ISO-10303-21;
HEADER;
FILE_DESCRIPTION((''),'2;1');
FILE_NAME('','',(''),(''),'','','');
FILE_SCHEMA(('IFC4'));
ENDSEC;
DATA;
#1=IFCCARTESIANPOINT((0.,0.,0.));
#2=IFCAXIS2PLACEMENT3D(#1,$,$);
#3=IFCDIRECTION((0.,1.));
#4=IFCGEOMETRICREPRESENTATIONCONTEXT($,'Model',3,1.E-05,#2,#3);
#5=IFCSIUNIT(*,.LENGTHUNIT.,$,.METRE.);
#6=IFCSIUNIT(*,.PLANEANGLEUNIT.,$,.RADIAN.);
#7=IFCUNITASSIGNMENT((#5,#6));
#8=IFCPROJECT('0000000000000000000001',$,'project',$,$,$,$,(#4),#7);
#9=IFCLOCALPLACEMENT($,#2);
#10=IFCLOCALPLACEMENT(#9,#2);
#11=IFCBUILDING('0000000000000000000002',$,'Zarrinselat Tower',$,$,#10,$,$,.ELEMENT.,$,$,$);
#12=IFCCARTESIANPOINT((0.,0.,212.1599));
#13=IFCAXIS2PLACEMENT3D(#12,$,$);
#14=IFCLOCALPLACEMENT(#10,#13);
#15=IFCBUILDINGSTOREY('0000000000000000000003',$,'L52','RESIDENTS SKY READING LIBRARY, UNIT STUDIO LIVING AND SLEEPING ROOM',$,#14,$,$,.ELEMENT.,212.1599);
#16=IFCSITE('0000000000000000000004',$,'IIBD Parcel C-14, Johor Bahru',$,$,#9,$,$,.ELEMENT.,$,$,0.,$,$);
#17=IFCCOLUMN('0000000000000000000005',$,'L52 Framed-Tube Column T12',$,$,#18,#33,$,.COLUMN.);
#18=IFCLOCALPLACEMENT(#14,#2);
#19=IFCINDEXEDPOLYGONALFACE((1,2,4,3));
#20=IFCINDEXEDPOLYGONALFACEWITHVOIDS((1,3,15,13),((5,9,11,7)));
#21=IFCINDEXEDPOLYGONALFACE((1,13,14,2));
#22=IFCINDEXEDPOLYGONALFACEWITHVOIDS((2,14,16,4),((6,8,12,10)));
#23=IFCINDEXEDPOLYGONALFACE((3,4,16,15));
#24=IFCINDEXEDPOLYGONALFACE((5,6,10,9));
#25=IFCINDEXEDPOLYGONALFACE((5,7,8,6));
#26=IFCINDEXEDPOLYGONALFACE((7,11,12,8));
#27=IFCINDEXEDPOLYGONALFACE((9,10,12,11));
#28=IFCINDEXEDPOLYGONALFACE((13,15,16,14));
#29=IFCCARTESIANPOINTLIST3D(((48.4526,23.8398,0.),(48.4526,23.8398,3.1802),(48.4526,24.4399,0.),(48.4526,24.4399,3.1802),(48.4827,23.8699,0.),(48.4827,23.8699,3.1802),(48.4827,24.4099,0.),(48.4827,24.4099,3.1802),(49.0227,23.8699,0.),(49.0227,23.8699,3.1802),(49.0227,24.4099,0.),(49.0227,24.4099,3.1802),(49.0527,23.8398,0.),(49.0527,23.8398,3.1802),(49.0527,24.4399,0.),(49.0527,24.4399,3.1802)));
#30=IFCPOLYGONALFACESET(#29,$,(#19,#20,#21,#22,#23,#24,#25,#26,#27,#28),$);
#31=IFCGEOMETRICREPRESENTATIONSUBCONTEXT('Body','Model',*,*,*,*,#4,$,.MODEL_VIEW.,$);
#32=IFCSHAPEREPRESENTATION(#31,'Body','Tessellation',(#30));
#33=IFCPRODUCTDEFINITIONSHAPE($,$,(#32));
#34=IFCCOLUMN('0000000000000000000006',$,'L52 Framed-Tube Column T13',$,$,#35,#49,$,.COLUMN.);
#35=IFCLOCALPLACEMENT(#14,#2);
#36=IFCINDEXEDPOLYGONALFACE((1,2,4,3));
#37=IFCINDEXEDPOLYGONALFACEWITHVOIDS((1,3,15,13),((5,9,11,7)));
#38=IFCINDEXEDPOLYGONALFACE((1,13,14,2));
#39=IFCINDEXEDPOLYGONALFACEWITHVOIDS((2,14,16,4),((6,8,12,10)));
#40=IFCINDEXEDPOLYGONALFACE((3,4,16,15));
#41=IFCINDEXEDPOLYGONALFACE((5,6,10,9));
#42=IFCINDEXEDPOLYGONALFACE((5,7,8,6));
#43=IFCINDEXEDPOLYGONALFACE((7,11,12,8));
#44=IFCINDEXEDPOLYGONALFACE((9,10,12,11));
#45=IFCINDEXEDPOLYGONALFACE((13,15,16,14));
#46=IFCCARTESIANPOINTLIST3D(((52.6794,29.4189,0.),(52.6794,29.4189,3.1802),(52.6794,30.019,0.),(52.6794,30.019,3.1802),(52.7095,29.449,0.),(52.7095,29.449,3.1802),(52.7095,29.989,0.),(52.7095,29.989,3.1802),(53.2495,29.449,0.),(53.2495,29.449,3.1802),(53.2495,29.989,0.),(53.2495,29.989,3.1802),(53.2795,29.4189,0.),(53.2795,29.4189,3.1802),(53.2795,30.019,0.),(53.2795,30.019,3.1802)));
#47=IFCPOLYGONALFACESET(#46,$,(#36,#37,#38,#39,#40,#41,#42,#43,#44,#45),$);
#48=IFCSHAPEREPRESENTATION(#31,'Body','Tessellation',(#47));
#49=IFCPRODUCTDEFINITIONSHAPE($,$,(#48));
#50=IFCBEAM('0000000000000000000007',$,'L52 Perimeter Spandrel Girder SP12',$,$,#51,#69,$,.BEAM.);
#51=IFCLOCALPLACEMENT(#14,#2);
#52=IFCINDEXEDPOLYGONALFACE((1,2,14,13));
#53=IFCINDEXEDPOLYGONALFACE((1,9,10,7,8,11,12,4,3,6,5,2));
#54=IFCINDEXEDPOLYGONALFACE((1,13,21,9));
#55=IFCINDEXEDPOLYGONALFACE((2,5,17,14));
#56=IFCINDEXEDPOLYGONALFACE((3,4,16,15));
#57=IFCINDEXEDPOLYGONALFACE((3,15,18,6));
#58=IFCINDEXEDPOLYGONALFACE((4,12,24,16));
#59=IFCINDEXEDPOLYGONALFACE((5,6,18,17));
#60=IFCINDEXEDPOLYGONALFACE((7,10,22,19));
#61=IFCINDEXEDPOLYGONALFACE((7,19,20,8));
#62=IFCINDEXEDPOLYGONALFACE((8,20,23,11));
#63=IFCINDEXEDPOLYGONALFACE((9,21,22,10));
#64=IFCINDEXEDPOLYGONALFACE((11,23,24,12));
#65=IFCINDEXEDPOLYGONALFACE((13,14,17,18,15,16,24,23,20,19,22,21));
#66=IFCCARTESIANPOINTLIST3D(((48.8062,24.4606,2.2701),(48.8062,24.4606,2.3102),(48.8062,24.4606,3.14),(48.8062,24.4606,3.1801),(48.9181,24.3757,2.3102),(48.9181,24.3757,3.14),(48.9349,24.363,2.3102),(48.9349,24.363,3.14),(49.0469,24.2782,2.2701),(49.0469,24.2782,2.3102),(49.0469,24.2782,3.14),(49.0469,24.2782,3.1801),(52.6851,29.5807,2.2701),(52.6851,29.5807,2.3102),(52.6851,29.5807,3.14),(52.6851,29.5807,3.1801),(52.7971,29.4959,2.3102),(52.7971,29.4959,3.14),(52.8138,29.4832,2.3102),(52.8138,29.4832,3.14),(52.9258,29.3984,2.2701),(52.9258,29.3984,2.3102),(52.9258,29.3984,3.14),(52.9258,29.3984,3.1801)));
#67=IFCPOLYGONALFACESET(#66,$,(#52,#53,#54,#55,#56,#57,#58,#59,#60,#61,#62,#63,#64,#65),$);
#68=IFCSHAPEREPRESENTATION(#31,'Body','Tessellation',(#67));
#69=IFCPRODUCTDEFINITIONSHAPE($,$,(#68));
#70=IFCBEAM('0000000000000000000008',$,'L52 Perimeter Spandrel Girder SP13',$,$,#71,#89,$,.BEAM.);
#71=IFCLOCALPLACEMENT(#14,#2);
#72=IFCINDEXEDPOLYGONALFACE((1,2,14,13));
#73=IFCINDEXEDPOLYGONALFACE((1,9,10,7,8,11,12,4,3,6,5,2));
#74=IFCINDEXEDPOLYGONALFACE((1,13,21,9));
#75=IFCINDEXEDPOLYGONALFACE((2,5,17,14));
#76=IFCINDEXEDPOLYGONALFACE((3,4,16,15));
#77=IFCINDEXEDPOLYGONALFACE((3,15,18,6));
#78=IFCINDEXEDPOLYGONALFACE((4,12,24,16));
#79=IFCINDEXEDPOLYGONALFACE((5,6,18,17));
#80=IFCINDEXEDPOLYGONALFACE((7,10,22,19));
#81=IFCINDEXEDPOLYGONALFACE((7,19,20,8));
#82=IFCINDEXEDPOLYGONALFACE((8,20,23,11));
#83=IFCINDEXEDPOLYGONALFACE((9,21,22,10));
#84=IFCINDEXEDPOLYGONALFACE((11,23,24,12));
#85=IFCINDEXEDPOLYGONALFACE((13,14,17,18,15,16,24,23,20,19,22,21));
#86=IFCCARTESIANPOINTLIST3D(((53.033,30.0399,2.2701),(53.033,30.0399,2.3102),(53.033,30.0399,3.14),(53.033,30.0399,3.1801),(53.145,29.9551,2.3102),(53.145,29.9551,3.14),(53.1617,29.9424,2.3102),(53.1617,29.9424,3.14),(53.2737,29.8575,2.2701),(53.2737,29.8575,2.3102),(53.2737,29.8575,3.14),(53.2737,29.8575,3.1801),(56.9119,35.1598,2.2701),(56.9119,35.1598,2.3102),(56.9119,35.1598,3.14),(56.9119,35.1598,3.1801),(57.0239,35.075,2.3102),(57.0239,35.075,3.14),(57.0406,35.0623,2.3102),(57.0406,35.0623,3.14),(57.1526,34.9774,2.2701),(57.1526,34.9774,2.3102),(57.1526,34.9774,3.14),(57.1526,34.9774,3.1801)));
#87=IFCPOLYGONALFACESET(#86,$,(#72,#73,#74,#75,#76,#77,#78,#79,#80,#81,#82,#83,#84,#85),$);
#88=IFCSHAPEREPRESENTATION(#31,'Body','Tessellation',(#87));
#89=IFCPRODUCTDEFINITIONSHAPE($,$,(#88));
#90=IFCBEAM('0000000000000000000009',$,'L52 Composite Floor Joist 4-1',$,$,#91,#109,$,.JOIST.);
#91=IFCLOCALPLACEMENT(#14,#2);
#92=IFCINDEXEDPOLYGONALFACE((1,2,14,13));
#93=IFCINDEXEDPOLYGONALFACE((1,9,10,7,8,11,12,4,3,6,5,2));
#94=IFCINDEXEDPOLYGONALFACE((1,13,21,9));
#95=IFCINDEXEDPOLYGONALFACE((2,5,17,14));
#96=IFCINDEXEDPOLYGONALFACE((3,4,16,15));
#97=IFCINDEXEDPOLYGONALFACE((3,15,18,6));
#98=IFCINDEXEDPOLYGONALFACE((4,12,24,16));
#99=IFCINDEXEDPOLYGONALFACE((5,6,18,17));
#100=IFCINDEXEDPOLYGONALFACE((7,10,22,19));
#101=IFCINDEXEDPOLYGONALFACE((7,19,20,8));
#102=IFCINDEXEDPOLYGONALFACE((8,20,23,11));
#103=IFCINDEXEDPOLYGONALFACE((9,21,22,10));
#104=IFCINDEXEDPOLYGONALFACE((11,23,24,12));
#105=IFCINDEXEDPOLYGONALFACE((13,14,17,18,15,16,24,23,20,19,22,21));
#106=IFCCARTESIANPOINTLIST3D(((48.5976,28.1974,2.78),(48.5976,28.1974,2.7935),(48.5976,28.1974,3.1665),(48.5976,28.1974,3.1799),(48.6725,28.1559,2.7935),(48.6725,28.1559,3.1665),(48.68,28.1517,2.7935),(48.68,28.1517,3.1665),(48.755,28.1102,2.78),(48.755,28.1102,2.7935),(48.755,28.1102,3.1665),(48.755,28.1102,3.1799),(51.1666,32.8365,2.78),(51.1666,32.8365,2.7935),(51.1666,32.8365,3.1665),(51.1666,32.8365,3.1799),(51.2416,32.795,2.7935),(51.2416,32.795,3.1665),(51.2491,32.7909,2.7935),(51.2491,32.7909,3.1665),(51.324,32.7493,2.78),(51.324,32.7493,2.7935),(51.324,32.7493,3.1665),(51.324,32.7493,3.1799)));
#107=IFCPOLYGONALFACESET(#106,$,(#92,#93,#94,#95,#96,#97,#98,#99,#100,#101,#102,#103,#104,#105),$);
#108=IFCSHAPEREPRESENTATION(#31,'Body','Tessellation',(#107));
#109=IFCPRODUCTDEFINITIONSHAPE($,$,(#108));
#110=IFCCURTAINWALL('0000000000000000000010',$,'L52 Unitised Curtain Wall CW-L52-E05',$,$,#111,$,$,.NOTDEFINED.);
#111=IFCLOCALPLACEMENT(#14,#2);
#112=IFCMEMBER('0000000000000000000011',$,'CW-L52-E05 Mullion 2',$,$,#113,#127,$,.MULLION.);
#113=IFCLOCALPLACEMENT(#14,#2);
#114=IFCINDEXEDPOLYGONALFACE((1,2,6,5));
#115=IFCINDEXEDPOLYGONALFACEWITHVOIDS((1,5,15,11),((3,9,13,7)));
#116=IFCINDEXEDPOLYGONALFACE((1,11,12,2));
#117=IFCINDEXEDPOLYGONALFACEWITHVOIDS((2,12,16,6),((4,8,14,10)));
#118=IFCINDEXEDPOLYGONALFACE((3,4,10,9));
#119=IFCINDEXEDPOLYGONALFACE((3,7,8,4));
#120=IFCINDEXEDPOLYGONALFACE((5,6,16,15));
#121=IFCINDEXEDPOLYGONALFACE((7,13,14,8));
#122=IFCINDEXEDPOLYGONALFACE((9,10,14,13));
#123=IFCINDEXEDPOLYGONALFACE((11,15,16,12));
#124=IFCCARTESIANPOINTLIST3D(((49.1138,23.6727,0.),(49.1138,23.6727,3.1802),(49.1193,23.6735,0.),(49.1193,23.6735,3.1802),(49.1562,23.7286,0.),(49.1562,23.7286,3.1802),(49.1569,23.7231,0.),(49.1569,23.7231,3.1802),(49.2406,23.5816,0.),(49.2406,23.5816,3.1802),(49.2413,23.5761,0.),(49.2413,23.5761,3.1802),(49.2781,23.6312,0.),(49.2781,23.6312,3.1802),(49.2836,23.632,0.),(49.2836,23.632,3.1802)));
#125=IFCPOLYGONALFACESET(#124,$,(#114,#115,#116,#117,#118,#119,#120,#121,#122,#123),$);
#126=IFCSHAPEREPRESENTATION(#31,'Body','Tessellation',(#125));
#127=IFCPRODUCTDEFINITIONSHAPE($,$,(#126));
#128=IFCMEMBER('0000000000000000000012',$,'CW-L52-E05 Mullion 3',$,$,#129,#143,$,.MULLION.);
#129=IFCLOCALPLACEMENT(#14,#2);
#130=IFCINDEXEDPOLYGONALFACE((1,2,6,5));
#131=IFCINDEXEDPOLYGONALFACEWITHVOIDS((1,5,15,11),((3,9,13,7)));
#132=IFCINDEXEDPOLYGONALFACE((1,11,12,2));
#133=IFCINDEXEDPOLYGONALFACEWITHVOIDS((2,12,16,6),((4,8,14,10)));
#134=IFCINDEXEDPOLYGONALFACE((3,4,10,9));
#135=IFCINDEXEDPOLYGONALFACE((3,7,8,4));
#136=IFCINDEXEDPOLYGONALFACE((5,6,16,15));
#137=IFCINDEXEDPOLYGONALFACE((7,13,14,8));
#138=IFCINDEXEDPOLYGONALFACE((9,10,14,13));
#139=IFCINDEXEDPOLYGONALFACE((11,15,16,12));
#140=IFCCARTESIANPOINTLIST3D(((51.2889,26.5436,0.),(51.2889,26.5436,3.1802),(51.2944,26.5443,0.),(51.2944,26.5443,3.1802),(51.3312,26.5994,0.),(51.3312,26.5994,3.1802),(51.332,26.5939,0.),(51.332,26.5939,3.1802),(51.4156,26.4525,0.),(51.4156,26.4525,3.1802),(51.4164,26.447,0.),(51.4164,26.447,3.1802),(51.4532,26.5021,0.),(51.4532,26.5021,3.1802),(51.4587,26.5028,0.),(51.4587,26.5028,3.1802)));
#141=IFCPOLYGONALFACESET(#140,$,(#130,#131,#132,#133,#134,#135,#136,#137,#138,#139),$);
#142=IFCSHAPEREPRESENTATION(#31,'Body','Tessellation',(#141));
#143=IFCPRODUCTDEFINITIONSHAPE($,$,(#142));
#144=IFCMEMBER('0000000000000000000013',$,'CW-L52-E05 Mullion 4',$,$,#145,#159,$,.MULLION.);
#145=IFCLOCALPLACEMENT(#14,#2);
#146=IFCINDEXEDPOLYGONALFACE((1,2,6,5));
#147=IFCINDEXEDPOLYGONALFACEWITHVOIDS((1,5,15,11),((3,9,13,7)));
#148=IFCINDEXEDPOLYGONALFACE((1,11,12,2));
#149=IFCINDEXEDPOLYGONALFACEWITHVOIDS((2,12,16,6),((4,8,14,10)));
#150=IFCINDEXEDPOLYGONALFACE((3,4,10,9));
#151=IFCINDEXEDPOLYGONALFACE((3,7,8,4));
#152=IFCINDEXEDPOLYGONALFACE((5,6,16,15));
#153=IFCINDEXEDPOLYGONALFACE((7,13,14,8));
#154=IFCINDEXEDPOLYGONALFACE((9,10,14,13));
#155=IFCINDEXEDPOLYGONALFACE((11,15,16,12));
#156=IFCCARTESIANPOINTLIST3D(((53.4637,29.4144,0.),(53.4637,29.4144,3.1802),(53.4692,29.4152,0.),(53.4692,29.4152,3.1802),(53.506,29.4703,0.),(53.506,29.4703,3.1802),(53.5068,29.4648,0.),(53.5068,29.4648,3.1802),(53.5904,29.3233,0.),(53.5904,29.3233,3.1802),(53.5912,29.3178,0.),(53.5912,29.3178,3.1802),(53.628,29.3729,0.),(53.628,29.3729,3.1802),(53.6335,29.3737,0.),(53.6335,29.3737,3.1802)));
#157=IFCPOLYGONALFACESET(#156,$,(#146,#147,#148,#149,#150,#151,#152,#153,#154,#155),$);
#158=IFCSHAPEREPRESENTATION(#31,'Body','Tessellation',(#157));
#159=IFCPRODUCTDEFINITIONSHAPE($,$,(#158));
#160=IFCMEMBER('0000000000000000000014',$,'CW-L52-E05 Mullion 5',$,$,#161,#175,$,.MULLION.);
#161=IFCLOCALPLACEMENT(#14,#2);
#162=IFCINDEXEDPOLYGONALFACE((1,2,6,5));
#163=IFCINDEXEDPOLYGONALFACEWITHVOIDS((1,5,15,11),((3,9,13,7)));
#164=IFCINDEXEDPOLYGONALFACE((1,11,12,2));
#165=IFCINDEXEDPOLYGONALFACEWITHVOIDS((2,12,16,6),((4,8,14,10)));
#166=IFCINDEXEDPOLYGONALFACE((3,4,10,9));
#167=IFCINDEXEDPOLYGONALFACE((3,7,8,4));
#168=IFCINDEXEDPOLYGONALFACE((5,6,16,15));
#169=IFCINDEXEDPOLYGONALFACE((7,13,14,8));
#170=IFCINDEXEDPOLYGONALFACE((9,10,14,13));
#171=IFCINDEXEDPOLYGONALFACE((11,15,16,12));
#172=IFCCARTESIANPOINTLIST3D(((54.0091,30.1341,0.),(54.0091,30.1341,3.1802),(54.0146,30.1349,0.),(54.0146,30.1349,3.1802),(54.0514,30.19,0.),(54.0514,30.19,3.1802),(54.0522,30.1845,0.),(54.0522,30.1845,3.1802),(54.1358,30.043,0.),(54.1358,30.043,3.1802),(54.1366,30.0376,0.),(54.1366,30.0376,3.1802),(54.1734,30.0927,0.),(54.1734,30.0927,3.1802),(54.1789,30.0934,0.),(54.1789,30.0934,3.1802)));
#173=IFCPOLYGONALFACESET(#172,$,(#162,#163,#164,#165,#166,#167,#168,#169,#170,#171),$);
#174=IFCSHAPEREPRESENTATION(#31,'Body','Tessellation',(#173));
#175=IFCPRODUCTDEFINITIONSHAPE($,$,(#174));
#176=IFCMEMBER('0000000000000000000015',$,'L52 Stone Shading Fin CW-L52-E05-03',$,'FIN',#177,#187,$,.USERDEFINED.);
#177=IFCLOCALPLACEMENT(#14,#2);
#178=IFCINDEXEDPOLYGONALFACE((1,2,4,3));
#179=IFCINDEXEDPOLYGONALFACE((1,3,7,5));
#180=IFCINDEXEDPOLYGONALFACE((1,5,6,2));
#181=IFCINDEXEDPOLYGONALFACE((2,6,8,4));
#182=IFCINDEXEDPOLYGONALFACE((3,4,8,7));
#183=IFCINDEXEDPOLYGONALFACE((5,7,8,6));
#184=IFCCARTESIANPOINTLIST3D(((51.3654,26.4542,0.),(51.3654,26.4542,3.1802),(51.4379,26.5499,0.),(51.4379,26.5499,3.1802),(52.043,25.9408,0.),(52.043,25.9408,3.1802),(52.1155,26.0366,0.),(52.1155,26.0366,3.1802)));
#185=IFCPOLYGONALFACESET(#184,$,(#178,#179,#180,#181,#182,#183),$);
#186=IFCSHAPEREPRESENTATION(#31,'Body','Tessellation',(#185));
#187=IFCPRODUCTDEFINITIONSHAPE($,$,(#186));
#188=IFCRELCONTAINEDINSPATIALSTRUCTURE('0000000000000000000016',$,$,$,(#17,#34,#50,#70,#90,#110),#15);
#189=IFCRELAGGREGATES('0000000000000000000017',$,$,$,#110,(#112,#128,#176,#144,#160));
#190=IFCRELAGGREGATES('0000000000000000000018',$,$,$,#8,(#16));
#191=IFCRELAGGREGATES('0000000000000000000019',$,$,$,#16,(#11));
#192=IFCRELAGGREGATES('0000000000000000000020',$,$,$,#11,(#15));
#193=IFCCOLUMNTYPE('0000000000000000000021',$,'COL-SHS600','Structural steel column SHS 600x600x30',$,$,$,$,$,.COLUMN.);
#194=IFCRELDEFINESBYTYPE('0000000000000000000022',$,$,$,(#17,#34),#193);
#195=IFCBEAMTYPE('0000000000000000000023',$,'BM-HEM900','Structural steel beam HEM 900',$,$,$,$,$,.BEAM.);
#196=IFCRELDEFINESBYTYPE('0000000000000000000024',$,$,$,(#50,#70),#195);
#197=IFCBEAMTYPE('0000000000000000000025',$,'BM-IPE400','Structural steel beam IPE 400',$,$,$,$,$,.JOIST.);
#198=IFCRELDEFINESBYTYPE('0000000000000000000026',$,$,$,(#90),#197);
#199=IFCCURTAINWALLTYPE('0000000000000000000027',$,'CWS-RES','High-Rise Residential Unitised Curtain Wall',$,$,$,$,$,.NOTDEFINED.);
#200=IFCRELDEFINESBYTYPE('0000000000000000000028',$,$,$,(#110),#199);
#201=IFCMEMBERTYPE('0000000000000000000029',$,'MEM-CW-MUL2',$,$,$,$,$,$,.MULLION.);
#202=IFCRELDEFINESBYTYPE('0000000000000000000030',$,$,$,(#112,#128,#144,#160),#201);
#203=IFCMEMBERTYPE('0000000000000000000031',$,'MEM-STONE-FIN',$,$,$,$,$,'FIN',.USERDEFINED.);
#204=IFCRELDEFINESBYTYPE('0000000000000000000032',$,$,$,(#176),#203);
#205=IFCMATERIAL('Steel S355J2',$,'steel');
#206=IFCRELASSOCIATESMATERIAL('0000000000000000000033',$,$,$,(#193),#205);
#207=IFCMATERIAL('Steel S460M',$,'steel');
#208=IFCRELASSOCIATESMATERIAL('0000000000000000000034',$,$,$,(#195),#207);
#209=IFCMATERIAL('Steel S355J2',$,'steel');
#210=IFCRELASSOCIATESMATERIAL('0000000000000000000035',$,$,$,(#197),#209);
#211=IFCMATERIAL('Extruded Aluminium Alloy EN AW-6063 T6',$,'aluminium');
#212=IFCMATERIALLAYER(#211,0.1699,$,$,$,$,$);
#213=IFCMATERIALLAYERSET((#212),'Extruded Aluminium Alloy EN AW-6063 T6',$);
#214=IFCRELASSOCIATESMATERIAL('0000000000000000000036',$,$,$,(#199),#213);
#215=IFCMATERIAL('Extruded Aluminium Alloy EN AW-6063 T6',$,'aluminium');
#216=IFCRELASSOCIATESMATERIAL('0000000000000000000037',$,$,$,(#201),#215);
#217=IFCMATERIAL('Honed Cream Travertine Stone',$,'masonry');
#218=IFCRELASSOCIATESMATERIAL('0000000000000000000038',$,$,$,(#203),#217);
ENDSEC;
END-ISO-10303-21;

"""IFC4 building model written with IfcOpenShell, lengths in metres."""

from ifc_helpers import new_model, si_unit, direction, frame, origin, origin_2d, place, context, subcontext, project, spatial, rectangle, hollow_rectangle, i_section, extrude, material, layer, layer_set, material_profile, profile_set, type_object, element, aggregate, save


model = new_model("IFC4")

# Units and contexts
model_context = context("Model", 3, precision=1e-05, world=origin(), true_north=direction((0.0, 1.0)))
body_context = subcontext(model_context, "Body", "Model", "MODEL_VIEW")
ifc_project = project(units=[si_unit("LENGTHUNIT", "METRE"), si_unit("PLANEANGLEUNIT", "RADIAN")], contexts=[model_context])

# Site, building, storey
site_placement = place(None, origin())
site = spatial("IfcSite", under=ifc_project, at=site_placement, Name="IIBD Parcel C-14, Johor Bahru", CompositionType="ELEMENT", RefElevation=0.0)
building_placement = place(site_placement, origin())
building = spatial("IfcBuilding", under=site, at=building_placement, Name="Zarrinselat Tower", CompositionType="ELEMENT")
storey_placement = place(building_placement, frame((0.0, 0.0, 212.1599)))
storey = spatial("IfcBuildingStorey", under=building, at=storey_placement, Name="L52", Description="RESIDENTS SKY READING LIBRARY, UNIT STUDIO LIVING AND SLEEPING ROOM", CompositionType="ELEMENT", Elevation=212.1599)

# Columns
ifc_material_1 = material(Name="Steel S355J2", Category="steel")
ifc_material_profile_1 = material_profile(ifc_material_1, hollow_rectangle(XDim=0.6001, YDim=0.6001, WallThickness=0.03, at=origin_2d()), Name="SHS 600x600x30")
ifc_profile_set_1 = profile_set([ifc_material_profile_1], Name="Steel S355J2")
column_type = type_object("IfcColumnType", Name="COL-SHS600", Description="Structural steel column SHS 600x600x30", PredefinedType="COLUMN", material=ifc_profile_set_1)
for number, where, z_axis, x_axis, name in (
    (1, (48.7527, 24.1399, 0.0), (0.0, 0.0, 1.0), (1.0, 0.0, 0.0), "L52 Framed-Tube Column T12"),
    (2, (52.9795, 29.719, 0.0), (0.0, 0.0, 1.0), (1.0, 0.0, 0.0), "L52 Framed-Tube Column T13"),
):
    element("IfcColumn", number, at=place(storey_placement, frame(where, z_axis=z_axis, x_axis=x_axis)), inside=storey, type_object=column_type, Name=name, PredefinedType="COLUMN", context=body_context, shape_type="SweptSolid", body=[
        extrude(hollow_rectangle(XDim=0.6001, YDim=0.6001, WallThickness=0.03, at=origin_2d()), origin(), (0.0, 0.0, 1.0), 3.1802),
    ])

# Beams
ifc_material_2 = material(Name="Steel S460M", Category="steel")
ifc_material_profile_2 = material_profile(ifc_material_2, i_section(OverallWidth=0.302, OverallDepth=0.9099, WebThickness=0.021, FlangeThickness=0.04, at=origin_2d()), Name="HEM 900")
ifc_profile_set_2 = profile_set([ifc_material_profile_2], Name="Steel S460M")
beam_type_1 = type_object("IfcBeamType", Name="BM-HEM900", Description="Structural steel beam HEM 900", PredefinedType="BEAM", material=ifc_profile_set_2)
beam_1_placement = place(storey_placement, frame((48.9265, 24.3694, 2.7251), z_axis=(0.603861, 0.79709, 0.0), x_axis=(-0.79709, 0.603861, 0.0)))
element("IfcBeam", 3, at=beam_1_placement, inside=storey, type_object=beam_type_1, Name="L52 Perimeter Spandrel Girder SP12", PredefinedType="BEAM", context=body_context, shape_type="SweptSolid", body=[
    extrude(i_section(OverallWidth=0.302, OverallDepth=0.9099, WebThickness=0.021, FlangeThickness=0.04, at=origin_2d()), origin(), (0.0, 0.0, 1.0), 6.4236),
])
beam_2_placement = place(storey_placement, frame((53.1533, 29.9487, 2.7251), z_axis=(0.603879, 0.797076, 0.0), x_axis=(-0.797076, 0.603879, 0.0)))
element("IfcBeam", 4, at=beam_2_placement, inside=storey, type_object=beam_type_1, Name="L52 Perimeter Spandrel Girder SP13", PredefinedType="BEAM", context=body_context, shape_type="SweptSolid", body=[
    extrude(i_section(OverallWidth=0.302, OverallDepth=0.9099, WebThickness=0.021, FlangeThickness=0.04, at=origin_2d()), origin(), (0.0, 0.0, 1.0), 6.4233),
])
ifc_material_3 = material(Name="Steel S355J2", Category="steel")
ifc_material_profile_3 = material_profile(ifc_material_3, i_section(OverallWidth=0.1799, OverallDepth=0.3999, WebThickness=0.0085, FlangeThickness=0.0134, at=origin_2d()), Name="IPE 400")
ifc_profile_set_3 = profile_set([ifc_material_profile_3], Name="Steel S355J2")
beam_type_2 = type_object("IfcBeamType", Name="BM-IPE400", Description="Structural steel beam IPE 400", PredefinedType="JOIST", material=ifc_profile_set_3)
beam_3_placement = place(storey_placement, frame((48.6763, 28.1538, 2.98), z_axis=(0.484458, 0.874814, 0.0), x_axis=(-0.874814, 0.484458, 0.0)))
element("IfcBeam", 5, at=beam_3_placement, inside=storey, type_object=beam_type_2, Name="L52 Composite Floor Joist 4-1", PredefinedType="JOIST", context=body_context, shape_type="SweptSolid", body=[
    extrude(i_section(OverallWidth=0.1799, OverallDepth=0.3999, WebThickness=0.0085, FlangeThickness=0.0134, at=origin_2d()), origin(), (0.0, 0.0, 1.0), 5.303),
])

# Curtain wall, members
ifc_material_4 = material(Name="Extruded Aluminium Alloy EN AW-6063 T6", Category="aluminium")
ifc_layer_1 = layer(ifc_material_4, 0.1699)
ifc_layer_set_1 = layer_set([ifc_layer_1], Name="Extruded Aluminium Alloy EN AW-6063 T6")
curtain_wall_type = type_object("IfcCurtainWallType", Name="CWS-RES", Description="High-Rise Residential Unitised Curtain Wall", PredefinedType="NOTDEFINED", material=ifc_layer_set_1)
curtain_wall_placement = place(storey_placement, origin())
curtain_wall = element("IfcCurtainWall", 6, at=curtain_wall_placement, inside=storey, type_object=curtain_wall_type, Name="L52 Unitised Curtain Wall CW-L52-E05", PredefinedType="NOTDEFINED")
ifc_material_5 = material(Name="Extruded Aluminium Alloy EN AW-6063 T6", Category="aluminium")
ifc_material_profile_4 = material_profile(ifc_material_5, hollow_rectangle(XDim=0.0701, YDim=0.1599, WallThickness=0.0039, at=origin_2d()), Name="RHS 160x70x4")
ifc_profile_set_4 = profile_set([ifc_material_profile_4], Name="Extruded Aluminium Alloy EN AW-6063 T6")
member_type_1 = type_object("IfcMemberType", Name="MEM-CW-MUL2", PredefinedType="MULLION", material=ifc_profile_set_4)
member_1_placement = place(storey_placement, frame((49.1987, 23.6523, 0.0), z_axis=(0.0, 0.0, 1.0), x_axis=(0.603859, 0.797091, 0.0)))
member_1 = element("IfcMember", 7, at=member_1_placement, type_object=member_type_1, Name="CW-L52-E05 Mullion 2", PredefinedType="MULLION", context=body_context, shape_type="SweptSolid", body=[
    extrude(hollow_rectangle(XDim=0.0701, YDim=0.1599, WallThickness=0.0039, at=origin_2d()), origin(), (0.0, 0.0, 1.0), 3.1802),
])
member_2_placement = place(storey_placement, frame((51.3738, 26.5232, 0.0), z_axis=(0.0, 0.0, 1.0), x_axis=(0.603859, 0.797091, 0.0)))
member_2 = element("IfcMember", 8, at=member_2_placement, type_object=member_type_1, Name="CW-L52-E05 Mullion 3", PredefinedType="MULLION", context=body_context, shape_type="SweptSolid", body=[
    extrude(hollow_rectangle(XDim=0.0701, YDim=0.1599, WallThickness=0.0039, at=origin_2d()), origin(), (0.0, 0.0, 1.0), 3.1802),
])
member_3_placement = place(storey_placement, frame((53.5486, 29.394, 0.0), z_axis=(0.0, 0.0, 1.0), x_axis=(0.603859, 0.797091, 0.0)))
member_3 = element("IfcMember", 9, at=member_3_placement, type_object=member_type_1, Name="CW-L52-E05 Mullion 4", PredefinedType="MULLION", context=body_context, shape_type="SweptSolid", body=[
    extrude(hollow_rectangle(XDim=0.0701, YDim=0.1599, WallThickness=0.0039, at=origin_2d()), origin(), (0.0, 0.0, 1.0), 3.1802),
])
member_4_placement = place(storey_placement, frame((54.094, 30.1138, 0.0), z_axis=(0.0, 0.0, 1.0), x_axis=(0.603859, 0.797091, 0.0)))
member_4 = element("IfcMember", 10, at=member_4_placement, type_object=member_type_1, Name="CW-L52-E05 Mullion 5", PredefinedType="MULLION", context=body_context, shape_type="SweptSolid", body=[
    extrude(hollow_rectangle(XDim=0.0701, YDim=0.1599, WallThickness=0.0039, at=origin_2d()), origin(), (0.0, 0.0, 1.0), 3.1802),
])
ifc_material_6 = material(Name="Honed Cream Travertine Stone", Category="masonry")
ifc_material_profile_5 = material_profile(ifc_material_6, rectangle(XDim=0.1201, YDim=0.8501, at=origin_2d()), Name="FIN 850x120")
ifc_profile_set_5 = profile_set([ifc_material_profile_5], Name="Honed Cream Travertine Stone")
member_type_2 = type_object("IfcMemberType", Name="MEM-STONE-FIN", ElementType="FIN", PredefinedType="USERDEFINED", material=ifc_profile_set_5)
member_5_placement = place(storey_placement, frame((51.7405, 26.2454, 0.0), z_axis=(0.0, 0.0, 1.0), x_axis=(-0.603859, -0.797091, 0.0)))
member_5 = element("IfcMember", 11, at=member_5_placement, type_object=member_type_2, Name="L52 Stone Shading Fin CW-L52-E05-03", ObjectType="FIN", PredefinedType="USERDEFINED", context=body_context, shape_type="SweptSolid", body=[
    extrude(rectangle(XDim=0.1201, YDim=0.8501, at=origin_2d()), origin(), (0.0, 0.0, 1.0), 3.1802),
])
aggregate(curtain_wall, [member_1, member_2, member_5, member_3, member_4])

save(model, "model.ifc")
